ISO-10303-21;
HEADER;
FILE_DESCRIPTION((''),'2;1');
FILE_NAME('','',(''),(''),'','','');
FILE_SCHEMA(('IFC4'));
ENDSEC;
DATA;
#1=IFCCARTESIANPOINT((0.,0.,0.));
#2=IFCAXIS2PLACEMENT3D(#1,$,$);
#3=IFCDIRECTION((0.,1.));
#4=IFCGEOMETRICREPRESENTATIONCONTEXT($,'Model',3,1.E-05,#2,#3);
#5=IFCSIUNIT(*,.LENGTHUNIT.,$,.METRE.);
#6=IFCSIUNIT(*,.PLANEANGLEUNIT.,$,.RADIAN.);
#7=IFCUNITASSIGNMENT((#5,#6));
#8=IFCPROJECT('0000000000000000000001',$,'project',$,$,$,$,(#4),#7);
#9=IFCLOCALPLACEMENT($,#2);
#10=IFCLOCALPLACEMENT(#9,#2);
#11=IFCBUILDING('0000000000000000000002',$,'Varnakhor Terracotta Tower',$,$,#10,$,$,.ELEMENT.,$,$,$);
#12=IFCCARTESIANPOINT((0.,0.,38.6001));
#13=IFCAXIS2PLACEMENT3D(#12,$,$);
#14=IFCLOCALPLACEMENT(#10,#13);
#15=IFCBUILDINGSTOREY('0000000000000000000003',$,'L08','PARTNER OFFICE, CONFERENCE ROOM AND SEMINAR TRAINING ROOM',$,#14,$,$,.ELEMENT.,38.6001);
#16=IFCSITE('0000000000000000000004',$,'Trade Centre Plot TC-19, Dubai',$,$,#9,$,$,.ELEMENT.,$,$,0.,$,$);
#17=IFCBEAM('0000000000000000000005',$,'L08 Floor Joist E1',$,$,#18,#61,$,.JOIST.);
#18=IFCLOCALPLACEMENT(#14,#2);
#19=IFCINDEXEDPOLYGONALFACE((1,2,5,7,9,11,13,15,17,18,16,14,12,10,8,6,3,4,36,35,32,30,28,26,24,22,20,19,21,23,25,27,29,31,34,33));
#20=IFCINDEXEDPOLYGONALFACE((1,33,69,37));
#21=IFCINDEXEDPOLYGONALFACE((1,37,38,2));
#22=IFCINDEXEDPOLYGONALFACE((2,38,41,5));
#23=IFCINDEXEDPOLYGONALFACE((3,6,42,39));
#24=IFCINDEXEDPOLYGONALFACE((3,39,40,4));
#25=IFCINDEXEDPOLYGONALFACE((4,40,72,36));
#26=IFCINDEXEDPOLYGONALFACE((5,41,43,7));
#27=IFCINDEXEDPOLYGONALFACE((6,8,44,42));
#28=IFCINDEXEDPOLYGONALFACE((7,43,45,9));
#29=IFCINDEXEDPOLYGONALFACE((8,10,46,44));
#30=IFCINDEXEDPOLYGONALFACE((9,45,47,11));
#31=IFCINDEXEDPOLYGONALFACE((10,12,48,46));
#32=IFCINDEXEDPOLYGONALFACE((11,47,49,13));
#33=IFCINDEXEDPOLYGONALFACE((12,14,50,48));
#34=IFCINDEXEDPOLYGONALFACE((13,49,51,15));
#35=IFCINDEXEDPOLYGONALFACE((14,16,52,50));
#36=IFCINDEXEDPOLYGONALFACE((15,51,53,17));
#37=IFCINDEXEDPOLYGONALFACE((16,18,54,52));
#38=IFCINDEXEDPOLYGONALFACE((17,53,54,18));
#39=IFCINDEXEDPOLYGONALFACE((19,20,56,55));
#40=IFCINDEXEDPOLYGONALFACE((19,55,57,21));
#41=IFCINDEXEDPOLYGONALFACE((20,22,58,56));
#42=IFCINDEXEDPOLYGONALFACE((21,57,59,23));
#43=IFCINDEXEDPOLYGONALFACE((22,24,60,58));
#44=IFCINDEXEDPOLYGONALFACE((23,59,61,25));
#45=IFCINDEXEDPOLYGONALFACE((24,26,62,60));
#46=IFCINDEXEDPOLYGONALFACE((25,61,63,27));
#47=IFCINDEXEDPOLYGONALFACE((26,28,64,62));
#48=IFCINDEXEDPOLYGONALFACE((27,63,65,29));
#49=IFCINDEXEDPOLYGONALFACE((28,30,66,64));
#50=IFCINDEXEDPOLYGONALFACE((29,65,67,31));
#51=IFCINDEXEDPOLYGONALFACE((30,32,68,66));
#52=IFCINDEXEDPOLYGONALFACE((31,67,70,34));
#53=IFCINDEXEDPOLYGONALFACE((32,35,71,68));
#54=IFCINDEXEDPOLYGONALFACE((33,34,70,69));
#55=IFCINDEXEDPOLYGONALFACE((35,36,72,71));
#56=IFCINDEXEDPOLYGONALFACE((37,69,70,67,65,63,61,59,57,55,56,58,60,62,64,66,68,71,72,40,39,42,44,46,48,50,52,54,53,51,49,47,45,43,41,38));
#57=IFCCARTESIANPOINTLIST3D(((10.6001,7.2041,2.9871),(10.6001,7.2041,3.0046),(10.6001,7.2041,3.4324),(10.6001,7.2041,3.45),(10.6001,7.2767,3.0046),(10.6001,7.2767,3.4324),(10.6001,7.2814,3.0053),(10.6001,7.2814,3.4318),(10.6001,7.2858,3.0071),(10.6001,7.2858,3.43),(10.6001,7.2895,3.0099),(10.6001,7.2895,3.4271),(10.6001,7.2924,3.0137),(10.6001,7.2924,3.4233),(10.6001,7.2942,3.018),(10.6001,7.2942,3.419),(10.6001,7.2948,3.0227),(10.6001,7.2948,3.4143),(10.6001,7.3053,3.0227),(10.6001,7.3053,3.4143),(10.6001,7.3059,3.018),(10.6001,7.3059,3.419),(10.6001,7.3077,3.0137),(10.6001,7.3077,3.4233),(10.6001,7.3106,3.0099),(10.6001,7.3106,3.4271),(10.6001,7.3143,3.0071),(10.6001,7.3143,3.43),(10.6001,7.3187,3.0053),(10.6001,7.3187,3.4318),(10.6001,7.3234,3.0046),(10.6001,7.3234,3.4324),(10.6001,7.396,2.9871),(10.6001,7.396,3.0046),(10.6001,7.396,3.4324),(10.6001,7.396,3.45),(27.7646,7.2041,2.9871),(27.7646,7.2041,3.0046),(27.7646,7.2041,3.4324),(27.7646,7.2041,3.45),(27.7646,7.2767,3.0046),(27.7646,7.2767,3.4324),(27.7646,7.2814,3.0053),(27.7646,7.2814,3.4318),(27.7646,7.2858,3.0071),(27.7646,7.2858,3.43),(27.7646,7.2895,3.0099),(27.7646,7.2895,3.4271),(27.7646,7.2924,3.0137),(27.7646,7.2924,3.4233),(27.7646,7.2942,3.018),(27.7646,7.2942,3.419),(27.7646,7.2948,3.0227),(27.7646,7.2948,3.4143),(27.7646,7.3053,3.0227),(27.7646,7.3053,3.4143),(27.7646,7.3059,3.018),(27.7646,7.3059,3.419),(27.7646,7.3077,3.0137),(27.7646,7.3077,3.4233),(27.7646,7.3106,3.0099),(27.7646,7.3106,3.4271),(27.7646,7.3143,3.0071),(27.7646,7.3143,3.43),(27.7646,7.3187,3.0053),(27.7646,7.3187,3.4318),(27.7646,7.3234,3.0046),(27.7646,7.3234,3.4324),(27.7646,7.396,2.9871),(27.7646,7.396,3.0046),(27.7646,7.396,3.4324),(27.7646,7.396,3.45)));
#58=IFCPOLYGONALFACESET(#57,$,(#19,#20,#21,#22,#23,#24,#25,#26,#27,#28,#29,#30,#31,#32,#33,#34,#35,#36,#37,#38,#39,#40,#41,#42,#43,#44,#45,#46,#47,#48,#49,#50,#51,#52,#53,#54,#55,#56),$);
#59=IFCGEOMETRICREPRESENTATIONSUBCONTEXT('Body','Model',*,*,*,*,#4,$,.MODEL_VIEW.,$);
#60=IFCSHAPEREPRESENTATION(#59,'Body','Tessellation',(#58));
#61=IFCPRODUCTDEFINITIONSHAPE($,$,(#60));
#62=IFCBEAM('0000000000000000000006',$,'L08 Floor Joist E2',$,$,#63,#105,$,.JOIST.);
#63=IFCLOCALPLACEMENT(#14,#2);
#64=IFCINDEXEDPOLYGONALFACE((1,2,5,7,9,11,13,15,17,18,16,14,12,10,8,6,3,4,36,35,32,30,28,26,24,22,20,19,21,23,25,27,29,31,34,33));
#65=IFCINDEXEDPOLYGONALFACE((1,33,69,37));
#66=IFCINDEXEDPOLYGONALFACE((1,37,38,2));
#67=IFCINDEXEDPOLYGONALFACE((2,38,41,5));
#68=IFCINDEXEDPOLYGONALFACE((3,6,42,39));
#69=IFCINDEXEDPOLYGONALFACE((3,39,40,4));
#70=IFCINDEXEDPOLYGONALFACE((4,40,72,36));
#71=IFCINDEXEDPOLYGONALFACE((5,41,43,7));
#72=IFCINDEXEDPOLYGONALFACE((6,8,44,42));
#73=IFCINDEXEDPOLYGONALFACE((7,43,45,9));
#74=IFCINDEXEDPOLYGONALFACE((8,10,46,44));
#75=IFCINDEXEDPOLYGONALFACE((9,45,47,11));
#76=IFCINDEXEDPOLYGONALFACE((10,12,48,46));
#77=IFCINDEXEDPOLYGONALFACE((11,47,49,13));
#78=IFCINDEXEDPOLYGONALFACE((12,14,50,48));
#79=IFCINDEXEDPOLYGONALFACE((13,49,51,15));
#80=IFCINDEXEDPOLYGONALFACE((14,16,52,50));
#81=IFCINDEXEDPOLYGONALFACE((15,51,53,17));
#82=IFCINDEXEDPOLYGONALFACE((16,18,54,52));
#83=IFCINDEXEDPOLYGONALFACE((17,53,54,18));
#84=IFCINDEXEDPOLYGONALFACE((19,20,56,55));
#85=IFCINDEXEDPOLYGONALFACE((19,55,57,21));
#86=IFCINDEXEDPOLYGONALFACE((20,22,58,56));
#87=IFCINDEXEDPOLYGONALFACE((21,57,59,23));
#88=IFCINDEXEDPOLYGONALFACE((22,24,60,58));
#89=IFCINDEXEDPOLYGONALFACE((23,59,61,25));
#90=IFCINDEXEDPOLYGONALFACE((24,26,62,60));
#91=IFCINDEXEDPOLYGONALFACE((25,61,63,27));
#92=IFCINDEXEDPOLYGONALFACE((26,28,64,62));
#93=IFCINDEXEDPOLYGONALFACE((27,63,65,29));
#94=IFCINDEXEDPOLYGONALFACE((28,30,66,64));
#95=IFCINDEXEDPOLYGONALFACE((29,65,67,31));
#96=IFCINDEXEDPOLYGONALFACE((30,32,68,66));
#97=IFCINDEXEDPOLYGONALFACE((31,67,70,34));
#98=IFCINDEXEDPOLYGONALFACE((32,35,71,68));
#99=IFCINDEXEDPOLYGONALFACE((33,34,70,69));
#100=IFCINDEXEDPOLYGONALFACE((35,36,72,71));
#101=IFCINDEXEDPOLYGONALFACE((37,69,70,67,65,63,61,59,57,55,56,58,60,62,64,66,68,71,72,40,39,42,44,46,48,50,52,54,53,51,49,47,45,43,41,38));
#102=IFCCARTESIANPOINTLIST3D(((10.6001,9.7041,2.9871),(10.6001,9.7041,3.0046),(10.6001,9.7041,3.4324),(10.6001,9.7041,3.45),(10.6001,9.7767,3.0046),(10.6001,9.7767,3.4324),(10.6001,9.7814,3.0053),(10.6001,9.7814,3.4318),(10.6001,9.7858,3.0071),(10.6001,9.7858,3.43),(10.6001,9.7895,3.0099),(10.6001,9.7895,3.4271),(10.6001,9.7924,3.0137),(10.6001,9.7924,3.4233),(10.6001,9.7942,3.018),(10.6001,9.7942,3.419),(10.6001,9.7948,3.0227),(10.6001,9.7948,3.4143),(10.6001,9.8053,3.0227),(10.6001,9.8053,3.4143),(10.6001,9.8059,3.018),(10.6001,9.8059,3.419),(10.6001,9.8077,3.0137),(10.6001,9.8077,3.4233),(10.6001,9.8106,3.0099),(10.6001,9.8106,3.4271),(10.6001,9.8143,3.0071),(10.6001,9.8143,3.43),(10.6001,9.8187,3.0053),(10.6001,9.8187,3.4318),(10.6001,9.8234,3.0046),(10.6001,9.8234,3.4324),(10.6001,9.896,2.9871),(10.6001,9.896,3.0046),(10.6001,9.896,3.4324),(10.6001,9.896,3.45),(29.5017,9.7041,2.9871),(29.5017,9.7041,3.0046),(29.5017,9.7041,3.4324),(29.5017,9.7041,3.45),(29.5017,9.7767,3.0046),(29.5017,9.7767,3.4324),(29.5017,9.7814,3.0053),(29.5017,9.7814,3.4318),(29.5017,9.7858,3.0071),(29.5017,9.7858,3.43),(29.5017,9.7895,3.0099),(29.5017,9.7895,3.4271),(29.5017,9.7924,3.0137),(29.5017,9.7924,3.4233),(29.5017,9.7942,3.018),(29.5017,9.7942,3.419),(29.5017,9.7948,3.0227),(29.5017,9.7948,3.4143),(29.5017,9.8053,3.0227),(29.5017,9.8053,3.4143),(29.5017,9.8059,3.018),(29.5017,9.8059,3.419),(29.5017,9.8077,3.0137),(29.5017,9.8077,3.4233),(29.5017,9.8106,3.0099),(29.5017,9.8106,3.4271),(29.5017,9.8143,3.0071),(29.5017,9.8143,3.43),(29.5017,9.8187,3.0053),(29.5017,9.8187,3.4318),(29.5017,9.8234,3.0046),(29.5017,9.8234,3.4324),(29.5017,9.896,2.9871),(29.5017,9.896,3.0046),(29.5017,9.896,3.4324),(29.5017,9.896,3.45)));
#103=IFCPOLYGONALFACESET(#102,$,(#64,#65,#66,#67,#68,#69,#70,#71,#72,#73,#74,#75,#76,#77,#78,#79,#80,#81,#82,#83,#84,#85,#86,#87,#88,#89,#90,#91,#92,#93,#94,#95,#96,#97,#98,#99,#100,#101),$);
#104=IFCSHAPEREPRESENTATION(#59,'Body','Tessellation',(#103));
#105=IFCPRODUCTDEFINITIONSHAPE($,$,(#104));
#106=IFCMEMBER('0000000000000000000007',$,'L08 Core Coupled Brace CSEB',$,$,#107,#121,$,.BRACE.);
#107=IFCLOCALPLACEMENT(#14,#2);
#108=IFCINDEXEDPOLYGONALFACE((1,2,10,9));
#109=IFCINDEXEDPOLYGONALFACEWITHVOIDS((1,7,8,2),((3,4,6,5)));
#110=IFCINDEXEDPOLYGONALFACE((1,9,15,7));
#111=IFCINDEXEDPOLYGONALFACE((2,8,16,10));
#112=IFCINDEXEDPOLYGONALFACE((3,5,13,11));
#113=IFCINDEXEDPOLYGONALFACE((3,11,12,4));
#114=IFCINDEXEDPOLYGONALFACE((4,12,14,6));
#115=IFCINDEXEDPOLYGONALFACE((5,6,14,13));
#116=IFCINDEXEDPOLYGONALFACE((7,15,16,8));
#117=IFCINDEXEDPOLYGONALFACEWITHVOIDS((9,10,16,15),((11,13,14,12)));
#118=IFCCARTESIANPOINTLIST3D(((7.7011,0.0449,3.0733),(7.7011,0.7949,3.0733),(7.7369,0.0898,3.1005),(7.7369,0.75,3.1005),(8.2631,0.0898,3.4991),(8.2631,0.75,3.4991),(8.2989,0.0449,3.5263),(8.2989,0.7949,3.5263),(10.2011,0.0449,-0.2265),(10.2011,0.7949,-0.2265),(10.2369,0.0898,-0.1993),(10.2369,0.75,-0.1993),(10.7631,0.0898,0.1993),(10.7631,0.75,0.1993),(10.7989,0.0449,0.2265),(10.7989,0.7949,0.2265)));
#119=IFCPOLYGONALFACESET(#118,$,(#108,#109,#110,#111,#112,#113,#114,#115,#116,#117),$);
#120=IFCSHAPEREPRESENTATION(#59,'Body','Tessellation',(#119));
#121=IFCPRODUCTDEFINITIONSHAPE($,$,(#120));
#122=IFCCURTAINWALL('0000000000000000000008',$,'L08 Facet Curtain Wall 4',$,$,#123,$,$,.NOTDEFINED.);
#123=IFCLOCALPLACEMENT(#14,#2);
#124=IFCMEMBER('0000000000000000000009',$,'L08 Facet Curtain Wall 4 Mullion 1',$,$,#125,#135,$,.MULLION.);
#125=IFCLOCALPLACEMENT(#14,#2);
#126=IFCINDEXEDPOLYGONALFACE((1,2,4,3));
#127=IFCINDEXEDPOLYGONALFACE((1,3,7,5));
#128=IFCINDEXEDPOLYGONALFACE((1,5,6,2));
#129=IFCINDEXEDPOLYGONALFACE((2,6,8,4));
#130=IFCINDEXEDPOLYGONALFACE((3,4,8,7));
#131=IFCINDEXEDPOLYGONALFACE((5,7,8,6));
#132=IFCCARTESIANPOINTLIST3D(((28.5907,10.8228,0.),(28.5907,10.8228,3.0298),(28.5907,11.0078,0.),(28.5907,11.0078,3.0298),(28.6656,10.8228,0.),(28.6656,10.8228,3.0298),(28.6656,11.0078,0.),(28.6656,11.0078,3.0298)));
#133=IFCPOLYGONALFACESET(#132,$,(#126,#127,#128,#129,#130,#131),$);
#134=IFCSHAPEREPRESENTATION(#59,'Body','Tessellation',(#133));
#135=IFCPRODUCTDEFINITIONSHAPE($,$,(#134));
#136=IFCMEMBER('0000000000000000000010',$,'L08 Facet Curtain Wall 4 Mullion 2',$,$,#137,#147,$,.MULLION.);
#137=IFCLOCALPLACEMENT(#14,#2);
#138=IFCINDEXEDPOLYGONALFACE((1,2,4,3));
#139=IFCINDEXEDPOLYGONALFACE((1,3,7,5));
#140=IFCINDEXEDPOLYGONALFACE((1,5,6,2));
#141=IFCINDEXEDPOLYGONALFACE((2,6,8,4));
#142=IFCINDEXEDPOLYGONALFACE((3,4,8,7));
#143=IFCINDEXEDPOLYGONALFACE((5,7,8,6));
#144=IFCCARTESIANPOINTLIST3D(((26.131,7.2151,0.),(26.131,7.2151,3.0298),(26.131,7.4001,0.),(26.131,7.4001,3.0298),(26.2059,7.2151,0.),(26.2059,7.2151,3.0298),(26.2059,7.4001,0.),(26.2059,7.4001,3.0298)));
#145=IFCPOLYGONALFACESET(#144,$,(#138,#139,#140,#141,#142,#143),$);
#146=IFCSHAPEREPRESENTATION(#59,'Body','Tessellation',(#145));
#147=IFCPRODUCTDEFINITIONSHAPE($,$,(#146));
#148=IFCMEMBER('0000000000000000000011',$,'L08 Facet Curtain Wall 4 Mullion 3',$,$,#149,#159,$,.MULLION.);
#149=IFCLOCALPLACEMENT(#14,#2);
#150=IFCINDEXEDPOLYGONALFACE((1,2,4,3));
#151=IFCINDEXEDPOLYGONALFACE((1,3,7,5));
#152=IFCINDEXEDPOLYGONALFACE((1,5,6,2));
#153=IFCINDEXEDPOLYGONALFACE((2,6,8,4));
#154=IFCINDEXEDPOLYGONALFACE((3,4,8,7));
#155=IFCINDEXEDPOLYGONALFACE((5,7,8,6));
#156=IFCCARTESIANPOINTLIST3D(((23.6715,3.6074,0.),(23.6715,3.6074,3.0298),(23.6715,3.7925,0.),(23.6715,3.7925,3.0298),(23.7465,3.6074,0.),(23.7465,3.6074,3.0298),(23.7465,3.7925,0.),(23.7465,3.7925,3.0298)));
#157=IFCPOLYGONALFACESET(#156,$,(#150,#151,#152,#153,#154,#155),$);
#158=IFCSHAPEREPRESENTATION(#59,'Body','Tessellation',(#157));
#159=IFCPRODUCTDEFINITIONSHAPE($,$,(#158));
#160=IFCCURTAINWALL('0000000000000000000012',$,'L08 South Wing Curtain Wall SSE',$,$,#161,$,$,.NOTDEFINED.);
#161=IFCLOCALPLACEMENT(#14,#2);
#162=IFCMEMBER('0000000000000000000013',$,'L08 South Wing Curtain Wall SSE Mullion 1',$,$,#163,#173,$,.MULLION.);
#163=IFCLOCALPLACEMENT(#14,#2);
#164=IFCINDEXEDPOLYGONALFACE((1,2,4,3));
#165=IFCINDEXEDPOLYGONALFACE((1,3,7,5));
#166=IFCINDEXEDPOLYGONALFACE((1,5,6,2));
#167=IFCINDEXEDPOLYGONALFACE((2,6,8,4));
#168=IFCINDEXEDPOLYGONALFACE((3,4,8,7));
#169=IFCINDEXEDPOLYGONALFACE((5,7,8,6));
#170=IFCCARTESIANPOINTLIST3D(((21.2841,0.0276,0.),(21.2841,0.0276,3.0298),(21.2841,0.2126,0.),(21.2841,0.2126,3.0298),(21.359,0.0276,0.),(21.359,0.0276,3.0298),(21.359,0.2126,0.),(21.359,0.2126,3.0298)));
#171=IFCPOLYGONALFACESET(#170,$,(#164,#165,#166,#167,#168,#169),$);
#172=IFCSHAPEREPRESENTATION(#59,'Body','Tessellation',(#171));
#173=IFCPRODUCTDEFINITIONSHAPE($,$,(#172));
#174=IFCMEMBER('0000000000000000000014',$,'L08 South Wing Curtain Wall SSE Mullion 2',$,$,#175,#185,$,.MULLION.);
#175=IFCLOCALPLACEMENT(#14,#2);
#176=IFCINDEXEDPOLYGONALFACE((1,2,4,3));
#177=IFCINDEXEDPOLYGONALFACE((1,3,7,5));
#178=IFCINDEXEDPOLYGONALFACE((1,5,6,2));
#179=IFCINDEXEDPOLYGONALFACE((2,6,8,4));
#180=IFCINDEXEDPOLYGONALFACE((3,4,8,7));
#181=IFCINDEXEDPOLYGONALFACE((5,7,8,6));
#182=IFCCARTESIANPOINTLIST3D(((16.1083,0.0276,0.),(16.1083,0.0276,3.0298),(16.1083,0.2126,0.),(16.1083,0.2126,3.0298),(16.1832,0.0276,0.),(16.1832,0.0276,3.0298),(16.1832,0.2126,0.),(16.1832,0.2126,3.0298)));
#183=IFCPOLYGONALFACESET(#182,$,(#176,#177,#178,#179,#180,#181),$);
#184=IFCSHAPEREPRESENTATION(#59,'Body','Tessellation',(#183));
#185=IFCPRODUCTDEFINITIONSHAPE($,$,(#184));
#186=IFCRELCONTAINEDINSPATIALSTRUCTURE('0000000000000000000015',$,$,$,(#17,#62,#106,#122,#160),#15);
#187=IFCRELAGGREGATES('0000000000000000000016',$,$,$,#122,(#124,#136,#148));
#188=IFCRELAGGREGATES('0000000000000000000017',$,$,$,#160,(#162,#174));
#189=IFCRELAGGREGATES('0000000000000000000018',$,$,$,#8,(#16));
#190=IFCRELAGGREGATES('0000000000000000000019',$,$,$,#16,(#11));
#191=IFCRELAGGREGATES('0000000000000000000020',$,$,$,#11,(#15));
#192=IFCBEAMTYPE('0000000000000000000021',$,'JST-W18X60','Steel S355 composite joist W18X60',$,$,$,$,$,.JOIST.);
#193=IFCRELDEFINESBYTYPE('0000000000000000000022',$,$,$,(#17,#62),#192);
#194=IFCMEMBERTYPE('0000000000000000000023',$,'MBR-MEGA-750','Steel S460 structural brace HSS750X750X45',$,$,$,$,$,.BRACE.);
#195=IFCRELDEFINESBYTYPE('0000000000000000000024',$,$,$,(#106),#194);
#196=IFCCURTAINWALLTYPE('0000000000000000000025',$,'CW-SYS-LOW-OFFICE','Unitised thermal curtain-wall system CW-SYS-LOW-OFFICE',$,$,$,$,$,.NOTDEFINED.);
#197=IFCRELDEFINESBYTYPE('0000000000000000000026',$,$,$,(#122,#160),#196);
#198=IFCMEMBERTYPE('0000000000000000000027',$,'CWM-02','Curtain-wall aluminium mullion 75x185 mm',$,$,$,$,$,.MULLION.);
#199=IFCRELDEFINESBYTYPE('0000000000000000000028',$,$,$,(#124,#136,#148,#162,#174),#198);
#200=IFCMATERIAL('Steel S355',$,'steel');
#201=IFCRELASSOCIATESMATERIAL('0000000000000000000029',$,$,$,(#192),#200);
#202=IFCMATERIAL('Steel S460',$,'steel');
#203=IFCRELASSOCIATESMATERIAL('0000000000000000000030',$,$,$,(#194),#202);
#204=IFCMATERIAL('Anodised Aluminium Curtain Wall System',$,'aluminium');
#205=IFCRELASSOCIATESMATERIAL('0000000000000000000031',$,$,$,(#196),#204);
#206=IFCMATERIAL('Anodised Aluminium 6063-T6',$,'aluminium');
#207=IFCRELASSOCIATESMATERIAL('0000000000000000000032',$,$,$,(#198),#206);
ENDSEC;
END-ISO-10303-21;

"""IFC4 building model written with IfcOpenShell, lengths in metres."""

from ifc_helpers import new_model, si_unit, direction, frame, origin, origin_2d, place, context, subcontext, project, spatial, rectangle, hollow_rectangle, i_section, extrude, source, transform, mapped, material, material_profile, profile_set, type_object, element, aggregate, save


model = new_model("IFC4")

# Units and contexts
model_context = context("Model", 3, precision=1e-05, world=origin(), true_north=direction((0.0, 1.0)))
body_context = subcontext(model_context, "Body", "Model", "MODEL_VIEW")
ifc_project = project(units=[si_unit("LENGTHUNIT", "METRE"), si_unit("PLANEANGLEUNIT", "RADIAN")], contexts=[model_context])

# Site, building, storey
site_placement = place(None, origin())
site = spatial("IfcSite", under=ifc_project, at=site_placement, Name="Trade Centre Plot TC-19, Dubai", CompositionType="ELEMENT", RefElevation=0.0)
building_placement = place(site_placement, origin())
building = spatial("IfcBuilding", under=site, at=building_placement, Name="Varnakhor Terracotta Tower", CompositionType="ELEMENT")
storey_placement = place(building_placement, frame((0.0, 0.0, 38.6001)))
storey = spatial("IfcBuildingStorey", under=building, at=storey_placement, Name="L08", Description="PARTNER OFFICE, CONFERENCE ROOM AND SEMINAR TRAINING ROOM", CompositionType="ELEMENT", Elevation=38.6001)

# Shared definitions
ifc_material_1 = material(Name="Steel S460", Category="steel")

# Beams
ifc_material_2 = material(Name="Steel S355", Category="steel")
ifc_material_profile_1 = material_profile(ifc_material_2, i_section(OverallWidth=0.1919, OverallDepth=0.4629, WebThickness=0.0105, FlangeThickness=0.0176, FilletRadius=0.0181, at=origin_2d()), Name="W18X60")
ifc_profile_set_1 = profile_set([ifc_material_profile_1], Name="Steel S355")
beam_type_1 = type_object("IfcBeamType", Name="JST-W18X60", Description="Steel S355 composite joist W18X60", PredefinedType="JOIST", material=ifc_profile_set_1)
shared_shape_1 = source(origin(), body_context, "Body", "SweptSolid", [
    extrude(i_section(OverallWidth=0.1919, OverallDepth=0.4629, WebThickness=0.0105, FlangeThickness=0.0176, FilletRadius=0.0181, at=origin_2d()), origin(), (0.0, 0.0, 1.0), 17.1646),
])
beam_1_placement = place(storey_placement, frame((10.6001, 7.3, 3.2185), z_axis=(1.0, 0.0, 0.0), x_axis=(0.0, 1.0, 0.0)))
element("IfcBeam", 1, at=beam_1_placement, inside=storey, type_object=beam_type_1, Name="L08 Floor Joist E1", PredefinedType="JOIST", context=body_context, shape_type="MappedRepresentation", body=[
    mapped(shared_shape_1, transform((0.0, 0.0, 0.0), scale=1.0)),
])
shared_shape_2 = source(origin(), body_context, "Body", "SweptSolid", [
    extrude(i_section(OverallWidth=0.1919, OverallDepth=0.4629, WebThickness=0.0105, FlangeThickness=0.0176, FilletRadius=0.0181, at=origin_2d()), origin(), (0.0, 0.0, 1.0), 18.9016),
])
beam_2_placement = place(storey_placement, frame((10.6001, 9.8, 3.2185), z_axis=(1.0, 0.0, 0.0), x_axis=(0.0, 1.0, 0.0)))
element("IfcBeam", 2, at=beam_2_placement, inside=storey, type_object=beam_type_1, Name="L08 Floor Joist E2", PredefinedType="JOIST", context=body_context, shape_type="MappedRepresentation", body=[
    mapped(shared_shape_2, transform((0.0, 0.0, 0.0), scale=1.0)),
])

# Member
ifc_material_profile_2 = material_profile(ifc_material_1, hollow_rectangle(XDim=0.75, YDim=0.75, WallThickness=0.0449, at=origin_2d()), Name="HSS750X750X45")
ifc_profile_set_2 = profile_set([ifc_material_profile_2], Name="Steel S460")
member_type_1 = type_object("IfcMemberType", Name="MBR-MEGA-750", Description="Steel S460 structural brace HSS750X750X45", PredefinedType="BRACE", material=ifc_profile_set_2)
shared_shape_3 = source(origin(), body_context, "Body", "SweptSolid", [
    extrude(hollow_rectangle(XDim=0.75, YDim=0.75, WallThickness=0.0449, at=origin_2d()), origin(), (0.0, 0.0, 1.0), 4.1399),
])
member_1_placement = place(storey_placement, frame((10.5, 0.4199, 0.0), z_axis=(-0.60388, 0.0, 0.797075), x_axis=(0.0, -1.0, 0.0)))
element("IfcMember", 3, at=member_1_placement, inside=storey, type_object=member_type_1, Name="L08 Core Coupled Brace CSEB", PredefinedType="BRACE", context=body_context, shape_type="MappedRepresentation", body=[
    mapped(shared_shape_3, transform((0.0, 0.0, 0.0), scale=1.0)),
])

# Curtain walls, members
ifc_material_3 = material(Name="Anodised Aluminium Curtain Wall System", Category="aluminium")
curtain_wall_type = type_object("IfcCurtainWallType", Name="CW-SYS-LOW-OFFICE", Description="Unitised thermal curtain-wall system CW-SYS-LOW-OFFICE", PredefinedType="NOTDEFINED", material=ifc_material_3)
curtain_wall_1_placement = place(storey_placement, origin())
curtain_wall_1 = element("IfcCurtainWall", 4, at=curtain_wall_1_placement, inside=storey, type_object=curtain_wall_type, Name="L08 Facet Curtain Wall 4", PredefinedType="NOTDEFINED")
ifc_material_4 = material(Name="Anodised Aluminium 6063-T6", Category="aluminium")
ifc_material_profile_3 = material_profile(ifc_material_4, rectangle(XDim=0.075, YDim=0.1851, at=origin_2d()), Name="ALU MULLION 75x185")
ifc_profile_set_3 = profile_set([ifc_material_profile_3], Name="Anodised Aluminium 6063-T6")
member_type_2 = type_object("IfcMemberType", Name="CWM-02", Description="Curtain-wall aluminium mullion 75x185 mm", PredefinedType="MULLION", material=ifc_profile_set_3)
shared_shape_4 = source(origin(), body_context, "Body", "SweptSolid", [
    extrude(rectangle(XDim=0.075, YDim=0.1851, at=origin_2d()), origin(), (0.0, 0.0, 1.0), 3.0298),
])
member_2_placement = place(storey_placement, frame((28.6282, 10.9153, 0.0), z_axis=(0.0, 0.0, 1.0), x_axis=(1.0, 0.0, 0.0)))
member_2 = element("IfcMember", 5, at=member_2_placement, type_object=member_type_2, Name="L08 Facet Curtain Wall 4 Mullion 1", PredefinedType="MULLION", context=body_context, shape_type="MappedRepresentation", body=[
    mapped(shared_shape_4, transform((0.0, 0.0, 0.0), scale=1.0)),
])
member_3_placement = place(storey_placement, frame((26.1685, 7.3076, 0.0), z_axis=(0.0, 0.0, 1.0), x_axis=(1.0, 0.0, 0.0)))
member_3 = element("IfcMember", 6, at=member_3_placement, type_object=member_type_2, Name="L08 Facet Curtain Wall 4 Mullion 2", PredefinedType="MULLION", context=body_context, shape_type="MappedRepresentation", body=[
    mapped(shared_shape_4, transform((0.0, 0.0, 0.0), scale=1.0)),
])
member_4_placement = place(storey_placement, frame((23.709, 3.7, 0.0), z_axis=(0.0, 0.0, 1.0), x_axis=(1.0, 0.0, 0.0)))
member_4 = element("IfcMember", 7, at=member_4_placement, type_object=member_type_2, Name="L08 Facet Curtain Wall 4 Mullion 3", PredefinedType="MULLION", context=body_context, shape_type="MappedRepresentation", body=[
    mapped(shared_shape_4, transform((0.0, 0.0, 0.0), scale=1.0)),
])
curtain_wall_2_placement = place(storey_placement, origin())
curtain_wall_2 = element("IfcCurtainWall", 8, at=curtain_wall_2_placement, inside=storey, type_object=curtain_wall_type, Name="L08 South Wing Curtain Wall SSE", PredefinedType="NOTDEFINED")
member_5_placement = place(storey_placement, frame((21.3215, 0.1201, 0.0), z_axis=(0.0, 0.0, 1.0), x_axis=(1.0, 0.0, 0.0)))
member_5 = element("IfcMember", 9, at=member_5_placement, type_object=member_type_2, Name="L08 South Wing Curtain Wall SSE Mullion 1", PredefinedType="MULLION", context=body_context, shape_type="MappedRepresentation", body=[
    mapped(shared_shape_4, transform((0.0, 0.0, 0.0), scale=1.0)),
])
member_6_placement = place(storey_placement, frame((16.1458, 0.1201, 0.0), z_axis=(0.0, 0.0, 1.0), x_axis=(1.0, 0.0, 0.0)))
member_6 = element("IfcMember", 10, at=member_6_placement, type_object=member_type_2, Name="L08 South Wing Curtain Wall SSE Mullion 2", PredefinedType="MULLION", context=body_context, shape_type="MappedRepresentation", body=[
    mapped(shared_shape_4, transform((0.0, 0.0, 0.0), scale=1.0)),
])

aggregate(curtain_wall_1, [member_2, member_3, member_4])
aggregate(curtain_wall_2, [member_5, member_6])

save(model, "model.ifc")
